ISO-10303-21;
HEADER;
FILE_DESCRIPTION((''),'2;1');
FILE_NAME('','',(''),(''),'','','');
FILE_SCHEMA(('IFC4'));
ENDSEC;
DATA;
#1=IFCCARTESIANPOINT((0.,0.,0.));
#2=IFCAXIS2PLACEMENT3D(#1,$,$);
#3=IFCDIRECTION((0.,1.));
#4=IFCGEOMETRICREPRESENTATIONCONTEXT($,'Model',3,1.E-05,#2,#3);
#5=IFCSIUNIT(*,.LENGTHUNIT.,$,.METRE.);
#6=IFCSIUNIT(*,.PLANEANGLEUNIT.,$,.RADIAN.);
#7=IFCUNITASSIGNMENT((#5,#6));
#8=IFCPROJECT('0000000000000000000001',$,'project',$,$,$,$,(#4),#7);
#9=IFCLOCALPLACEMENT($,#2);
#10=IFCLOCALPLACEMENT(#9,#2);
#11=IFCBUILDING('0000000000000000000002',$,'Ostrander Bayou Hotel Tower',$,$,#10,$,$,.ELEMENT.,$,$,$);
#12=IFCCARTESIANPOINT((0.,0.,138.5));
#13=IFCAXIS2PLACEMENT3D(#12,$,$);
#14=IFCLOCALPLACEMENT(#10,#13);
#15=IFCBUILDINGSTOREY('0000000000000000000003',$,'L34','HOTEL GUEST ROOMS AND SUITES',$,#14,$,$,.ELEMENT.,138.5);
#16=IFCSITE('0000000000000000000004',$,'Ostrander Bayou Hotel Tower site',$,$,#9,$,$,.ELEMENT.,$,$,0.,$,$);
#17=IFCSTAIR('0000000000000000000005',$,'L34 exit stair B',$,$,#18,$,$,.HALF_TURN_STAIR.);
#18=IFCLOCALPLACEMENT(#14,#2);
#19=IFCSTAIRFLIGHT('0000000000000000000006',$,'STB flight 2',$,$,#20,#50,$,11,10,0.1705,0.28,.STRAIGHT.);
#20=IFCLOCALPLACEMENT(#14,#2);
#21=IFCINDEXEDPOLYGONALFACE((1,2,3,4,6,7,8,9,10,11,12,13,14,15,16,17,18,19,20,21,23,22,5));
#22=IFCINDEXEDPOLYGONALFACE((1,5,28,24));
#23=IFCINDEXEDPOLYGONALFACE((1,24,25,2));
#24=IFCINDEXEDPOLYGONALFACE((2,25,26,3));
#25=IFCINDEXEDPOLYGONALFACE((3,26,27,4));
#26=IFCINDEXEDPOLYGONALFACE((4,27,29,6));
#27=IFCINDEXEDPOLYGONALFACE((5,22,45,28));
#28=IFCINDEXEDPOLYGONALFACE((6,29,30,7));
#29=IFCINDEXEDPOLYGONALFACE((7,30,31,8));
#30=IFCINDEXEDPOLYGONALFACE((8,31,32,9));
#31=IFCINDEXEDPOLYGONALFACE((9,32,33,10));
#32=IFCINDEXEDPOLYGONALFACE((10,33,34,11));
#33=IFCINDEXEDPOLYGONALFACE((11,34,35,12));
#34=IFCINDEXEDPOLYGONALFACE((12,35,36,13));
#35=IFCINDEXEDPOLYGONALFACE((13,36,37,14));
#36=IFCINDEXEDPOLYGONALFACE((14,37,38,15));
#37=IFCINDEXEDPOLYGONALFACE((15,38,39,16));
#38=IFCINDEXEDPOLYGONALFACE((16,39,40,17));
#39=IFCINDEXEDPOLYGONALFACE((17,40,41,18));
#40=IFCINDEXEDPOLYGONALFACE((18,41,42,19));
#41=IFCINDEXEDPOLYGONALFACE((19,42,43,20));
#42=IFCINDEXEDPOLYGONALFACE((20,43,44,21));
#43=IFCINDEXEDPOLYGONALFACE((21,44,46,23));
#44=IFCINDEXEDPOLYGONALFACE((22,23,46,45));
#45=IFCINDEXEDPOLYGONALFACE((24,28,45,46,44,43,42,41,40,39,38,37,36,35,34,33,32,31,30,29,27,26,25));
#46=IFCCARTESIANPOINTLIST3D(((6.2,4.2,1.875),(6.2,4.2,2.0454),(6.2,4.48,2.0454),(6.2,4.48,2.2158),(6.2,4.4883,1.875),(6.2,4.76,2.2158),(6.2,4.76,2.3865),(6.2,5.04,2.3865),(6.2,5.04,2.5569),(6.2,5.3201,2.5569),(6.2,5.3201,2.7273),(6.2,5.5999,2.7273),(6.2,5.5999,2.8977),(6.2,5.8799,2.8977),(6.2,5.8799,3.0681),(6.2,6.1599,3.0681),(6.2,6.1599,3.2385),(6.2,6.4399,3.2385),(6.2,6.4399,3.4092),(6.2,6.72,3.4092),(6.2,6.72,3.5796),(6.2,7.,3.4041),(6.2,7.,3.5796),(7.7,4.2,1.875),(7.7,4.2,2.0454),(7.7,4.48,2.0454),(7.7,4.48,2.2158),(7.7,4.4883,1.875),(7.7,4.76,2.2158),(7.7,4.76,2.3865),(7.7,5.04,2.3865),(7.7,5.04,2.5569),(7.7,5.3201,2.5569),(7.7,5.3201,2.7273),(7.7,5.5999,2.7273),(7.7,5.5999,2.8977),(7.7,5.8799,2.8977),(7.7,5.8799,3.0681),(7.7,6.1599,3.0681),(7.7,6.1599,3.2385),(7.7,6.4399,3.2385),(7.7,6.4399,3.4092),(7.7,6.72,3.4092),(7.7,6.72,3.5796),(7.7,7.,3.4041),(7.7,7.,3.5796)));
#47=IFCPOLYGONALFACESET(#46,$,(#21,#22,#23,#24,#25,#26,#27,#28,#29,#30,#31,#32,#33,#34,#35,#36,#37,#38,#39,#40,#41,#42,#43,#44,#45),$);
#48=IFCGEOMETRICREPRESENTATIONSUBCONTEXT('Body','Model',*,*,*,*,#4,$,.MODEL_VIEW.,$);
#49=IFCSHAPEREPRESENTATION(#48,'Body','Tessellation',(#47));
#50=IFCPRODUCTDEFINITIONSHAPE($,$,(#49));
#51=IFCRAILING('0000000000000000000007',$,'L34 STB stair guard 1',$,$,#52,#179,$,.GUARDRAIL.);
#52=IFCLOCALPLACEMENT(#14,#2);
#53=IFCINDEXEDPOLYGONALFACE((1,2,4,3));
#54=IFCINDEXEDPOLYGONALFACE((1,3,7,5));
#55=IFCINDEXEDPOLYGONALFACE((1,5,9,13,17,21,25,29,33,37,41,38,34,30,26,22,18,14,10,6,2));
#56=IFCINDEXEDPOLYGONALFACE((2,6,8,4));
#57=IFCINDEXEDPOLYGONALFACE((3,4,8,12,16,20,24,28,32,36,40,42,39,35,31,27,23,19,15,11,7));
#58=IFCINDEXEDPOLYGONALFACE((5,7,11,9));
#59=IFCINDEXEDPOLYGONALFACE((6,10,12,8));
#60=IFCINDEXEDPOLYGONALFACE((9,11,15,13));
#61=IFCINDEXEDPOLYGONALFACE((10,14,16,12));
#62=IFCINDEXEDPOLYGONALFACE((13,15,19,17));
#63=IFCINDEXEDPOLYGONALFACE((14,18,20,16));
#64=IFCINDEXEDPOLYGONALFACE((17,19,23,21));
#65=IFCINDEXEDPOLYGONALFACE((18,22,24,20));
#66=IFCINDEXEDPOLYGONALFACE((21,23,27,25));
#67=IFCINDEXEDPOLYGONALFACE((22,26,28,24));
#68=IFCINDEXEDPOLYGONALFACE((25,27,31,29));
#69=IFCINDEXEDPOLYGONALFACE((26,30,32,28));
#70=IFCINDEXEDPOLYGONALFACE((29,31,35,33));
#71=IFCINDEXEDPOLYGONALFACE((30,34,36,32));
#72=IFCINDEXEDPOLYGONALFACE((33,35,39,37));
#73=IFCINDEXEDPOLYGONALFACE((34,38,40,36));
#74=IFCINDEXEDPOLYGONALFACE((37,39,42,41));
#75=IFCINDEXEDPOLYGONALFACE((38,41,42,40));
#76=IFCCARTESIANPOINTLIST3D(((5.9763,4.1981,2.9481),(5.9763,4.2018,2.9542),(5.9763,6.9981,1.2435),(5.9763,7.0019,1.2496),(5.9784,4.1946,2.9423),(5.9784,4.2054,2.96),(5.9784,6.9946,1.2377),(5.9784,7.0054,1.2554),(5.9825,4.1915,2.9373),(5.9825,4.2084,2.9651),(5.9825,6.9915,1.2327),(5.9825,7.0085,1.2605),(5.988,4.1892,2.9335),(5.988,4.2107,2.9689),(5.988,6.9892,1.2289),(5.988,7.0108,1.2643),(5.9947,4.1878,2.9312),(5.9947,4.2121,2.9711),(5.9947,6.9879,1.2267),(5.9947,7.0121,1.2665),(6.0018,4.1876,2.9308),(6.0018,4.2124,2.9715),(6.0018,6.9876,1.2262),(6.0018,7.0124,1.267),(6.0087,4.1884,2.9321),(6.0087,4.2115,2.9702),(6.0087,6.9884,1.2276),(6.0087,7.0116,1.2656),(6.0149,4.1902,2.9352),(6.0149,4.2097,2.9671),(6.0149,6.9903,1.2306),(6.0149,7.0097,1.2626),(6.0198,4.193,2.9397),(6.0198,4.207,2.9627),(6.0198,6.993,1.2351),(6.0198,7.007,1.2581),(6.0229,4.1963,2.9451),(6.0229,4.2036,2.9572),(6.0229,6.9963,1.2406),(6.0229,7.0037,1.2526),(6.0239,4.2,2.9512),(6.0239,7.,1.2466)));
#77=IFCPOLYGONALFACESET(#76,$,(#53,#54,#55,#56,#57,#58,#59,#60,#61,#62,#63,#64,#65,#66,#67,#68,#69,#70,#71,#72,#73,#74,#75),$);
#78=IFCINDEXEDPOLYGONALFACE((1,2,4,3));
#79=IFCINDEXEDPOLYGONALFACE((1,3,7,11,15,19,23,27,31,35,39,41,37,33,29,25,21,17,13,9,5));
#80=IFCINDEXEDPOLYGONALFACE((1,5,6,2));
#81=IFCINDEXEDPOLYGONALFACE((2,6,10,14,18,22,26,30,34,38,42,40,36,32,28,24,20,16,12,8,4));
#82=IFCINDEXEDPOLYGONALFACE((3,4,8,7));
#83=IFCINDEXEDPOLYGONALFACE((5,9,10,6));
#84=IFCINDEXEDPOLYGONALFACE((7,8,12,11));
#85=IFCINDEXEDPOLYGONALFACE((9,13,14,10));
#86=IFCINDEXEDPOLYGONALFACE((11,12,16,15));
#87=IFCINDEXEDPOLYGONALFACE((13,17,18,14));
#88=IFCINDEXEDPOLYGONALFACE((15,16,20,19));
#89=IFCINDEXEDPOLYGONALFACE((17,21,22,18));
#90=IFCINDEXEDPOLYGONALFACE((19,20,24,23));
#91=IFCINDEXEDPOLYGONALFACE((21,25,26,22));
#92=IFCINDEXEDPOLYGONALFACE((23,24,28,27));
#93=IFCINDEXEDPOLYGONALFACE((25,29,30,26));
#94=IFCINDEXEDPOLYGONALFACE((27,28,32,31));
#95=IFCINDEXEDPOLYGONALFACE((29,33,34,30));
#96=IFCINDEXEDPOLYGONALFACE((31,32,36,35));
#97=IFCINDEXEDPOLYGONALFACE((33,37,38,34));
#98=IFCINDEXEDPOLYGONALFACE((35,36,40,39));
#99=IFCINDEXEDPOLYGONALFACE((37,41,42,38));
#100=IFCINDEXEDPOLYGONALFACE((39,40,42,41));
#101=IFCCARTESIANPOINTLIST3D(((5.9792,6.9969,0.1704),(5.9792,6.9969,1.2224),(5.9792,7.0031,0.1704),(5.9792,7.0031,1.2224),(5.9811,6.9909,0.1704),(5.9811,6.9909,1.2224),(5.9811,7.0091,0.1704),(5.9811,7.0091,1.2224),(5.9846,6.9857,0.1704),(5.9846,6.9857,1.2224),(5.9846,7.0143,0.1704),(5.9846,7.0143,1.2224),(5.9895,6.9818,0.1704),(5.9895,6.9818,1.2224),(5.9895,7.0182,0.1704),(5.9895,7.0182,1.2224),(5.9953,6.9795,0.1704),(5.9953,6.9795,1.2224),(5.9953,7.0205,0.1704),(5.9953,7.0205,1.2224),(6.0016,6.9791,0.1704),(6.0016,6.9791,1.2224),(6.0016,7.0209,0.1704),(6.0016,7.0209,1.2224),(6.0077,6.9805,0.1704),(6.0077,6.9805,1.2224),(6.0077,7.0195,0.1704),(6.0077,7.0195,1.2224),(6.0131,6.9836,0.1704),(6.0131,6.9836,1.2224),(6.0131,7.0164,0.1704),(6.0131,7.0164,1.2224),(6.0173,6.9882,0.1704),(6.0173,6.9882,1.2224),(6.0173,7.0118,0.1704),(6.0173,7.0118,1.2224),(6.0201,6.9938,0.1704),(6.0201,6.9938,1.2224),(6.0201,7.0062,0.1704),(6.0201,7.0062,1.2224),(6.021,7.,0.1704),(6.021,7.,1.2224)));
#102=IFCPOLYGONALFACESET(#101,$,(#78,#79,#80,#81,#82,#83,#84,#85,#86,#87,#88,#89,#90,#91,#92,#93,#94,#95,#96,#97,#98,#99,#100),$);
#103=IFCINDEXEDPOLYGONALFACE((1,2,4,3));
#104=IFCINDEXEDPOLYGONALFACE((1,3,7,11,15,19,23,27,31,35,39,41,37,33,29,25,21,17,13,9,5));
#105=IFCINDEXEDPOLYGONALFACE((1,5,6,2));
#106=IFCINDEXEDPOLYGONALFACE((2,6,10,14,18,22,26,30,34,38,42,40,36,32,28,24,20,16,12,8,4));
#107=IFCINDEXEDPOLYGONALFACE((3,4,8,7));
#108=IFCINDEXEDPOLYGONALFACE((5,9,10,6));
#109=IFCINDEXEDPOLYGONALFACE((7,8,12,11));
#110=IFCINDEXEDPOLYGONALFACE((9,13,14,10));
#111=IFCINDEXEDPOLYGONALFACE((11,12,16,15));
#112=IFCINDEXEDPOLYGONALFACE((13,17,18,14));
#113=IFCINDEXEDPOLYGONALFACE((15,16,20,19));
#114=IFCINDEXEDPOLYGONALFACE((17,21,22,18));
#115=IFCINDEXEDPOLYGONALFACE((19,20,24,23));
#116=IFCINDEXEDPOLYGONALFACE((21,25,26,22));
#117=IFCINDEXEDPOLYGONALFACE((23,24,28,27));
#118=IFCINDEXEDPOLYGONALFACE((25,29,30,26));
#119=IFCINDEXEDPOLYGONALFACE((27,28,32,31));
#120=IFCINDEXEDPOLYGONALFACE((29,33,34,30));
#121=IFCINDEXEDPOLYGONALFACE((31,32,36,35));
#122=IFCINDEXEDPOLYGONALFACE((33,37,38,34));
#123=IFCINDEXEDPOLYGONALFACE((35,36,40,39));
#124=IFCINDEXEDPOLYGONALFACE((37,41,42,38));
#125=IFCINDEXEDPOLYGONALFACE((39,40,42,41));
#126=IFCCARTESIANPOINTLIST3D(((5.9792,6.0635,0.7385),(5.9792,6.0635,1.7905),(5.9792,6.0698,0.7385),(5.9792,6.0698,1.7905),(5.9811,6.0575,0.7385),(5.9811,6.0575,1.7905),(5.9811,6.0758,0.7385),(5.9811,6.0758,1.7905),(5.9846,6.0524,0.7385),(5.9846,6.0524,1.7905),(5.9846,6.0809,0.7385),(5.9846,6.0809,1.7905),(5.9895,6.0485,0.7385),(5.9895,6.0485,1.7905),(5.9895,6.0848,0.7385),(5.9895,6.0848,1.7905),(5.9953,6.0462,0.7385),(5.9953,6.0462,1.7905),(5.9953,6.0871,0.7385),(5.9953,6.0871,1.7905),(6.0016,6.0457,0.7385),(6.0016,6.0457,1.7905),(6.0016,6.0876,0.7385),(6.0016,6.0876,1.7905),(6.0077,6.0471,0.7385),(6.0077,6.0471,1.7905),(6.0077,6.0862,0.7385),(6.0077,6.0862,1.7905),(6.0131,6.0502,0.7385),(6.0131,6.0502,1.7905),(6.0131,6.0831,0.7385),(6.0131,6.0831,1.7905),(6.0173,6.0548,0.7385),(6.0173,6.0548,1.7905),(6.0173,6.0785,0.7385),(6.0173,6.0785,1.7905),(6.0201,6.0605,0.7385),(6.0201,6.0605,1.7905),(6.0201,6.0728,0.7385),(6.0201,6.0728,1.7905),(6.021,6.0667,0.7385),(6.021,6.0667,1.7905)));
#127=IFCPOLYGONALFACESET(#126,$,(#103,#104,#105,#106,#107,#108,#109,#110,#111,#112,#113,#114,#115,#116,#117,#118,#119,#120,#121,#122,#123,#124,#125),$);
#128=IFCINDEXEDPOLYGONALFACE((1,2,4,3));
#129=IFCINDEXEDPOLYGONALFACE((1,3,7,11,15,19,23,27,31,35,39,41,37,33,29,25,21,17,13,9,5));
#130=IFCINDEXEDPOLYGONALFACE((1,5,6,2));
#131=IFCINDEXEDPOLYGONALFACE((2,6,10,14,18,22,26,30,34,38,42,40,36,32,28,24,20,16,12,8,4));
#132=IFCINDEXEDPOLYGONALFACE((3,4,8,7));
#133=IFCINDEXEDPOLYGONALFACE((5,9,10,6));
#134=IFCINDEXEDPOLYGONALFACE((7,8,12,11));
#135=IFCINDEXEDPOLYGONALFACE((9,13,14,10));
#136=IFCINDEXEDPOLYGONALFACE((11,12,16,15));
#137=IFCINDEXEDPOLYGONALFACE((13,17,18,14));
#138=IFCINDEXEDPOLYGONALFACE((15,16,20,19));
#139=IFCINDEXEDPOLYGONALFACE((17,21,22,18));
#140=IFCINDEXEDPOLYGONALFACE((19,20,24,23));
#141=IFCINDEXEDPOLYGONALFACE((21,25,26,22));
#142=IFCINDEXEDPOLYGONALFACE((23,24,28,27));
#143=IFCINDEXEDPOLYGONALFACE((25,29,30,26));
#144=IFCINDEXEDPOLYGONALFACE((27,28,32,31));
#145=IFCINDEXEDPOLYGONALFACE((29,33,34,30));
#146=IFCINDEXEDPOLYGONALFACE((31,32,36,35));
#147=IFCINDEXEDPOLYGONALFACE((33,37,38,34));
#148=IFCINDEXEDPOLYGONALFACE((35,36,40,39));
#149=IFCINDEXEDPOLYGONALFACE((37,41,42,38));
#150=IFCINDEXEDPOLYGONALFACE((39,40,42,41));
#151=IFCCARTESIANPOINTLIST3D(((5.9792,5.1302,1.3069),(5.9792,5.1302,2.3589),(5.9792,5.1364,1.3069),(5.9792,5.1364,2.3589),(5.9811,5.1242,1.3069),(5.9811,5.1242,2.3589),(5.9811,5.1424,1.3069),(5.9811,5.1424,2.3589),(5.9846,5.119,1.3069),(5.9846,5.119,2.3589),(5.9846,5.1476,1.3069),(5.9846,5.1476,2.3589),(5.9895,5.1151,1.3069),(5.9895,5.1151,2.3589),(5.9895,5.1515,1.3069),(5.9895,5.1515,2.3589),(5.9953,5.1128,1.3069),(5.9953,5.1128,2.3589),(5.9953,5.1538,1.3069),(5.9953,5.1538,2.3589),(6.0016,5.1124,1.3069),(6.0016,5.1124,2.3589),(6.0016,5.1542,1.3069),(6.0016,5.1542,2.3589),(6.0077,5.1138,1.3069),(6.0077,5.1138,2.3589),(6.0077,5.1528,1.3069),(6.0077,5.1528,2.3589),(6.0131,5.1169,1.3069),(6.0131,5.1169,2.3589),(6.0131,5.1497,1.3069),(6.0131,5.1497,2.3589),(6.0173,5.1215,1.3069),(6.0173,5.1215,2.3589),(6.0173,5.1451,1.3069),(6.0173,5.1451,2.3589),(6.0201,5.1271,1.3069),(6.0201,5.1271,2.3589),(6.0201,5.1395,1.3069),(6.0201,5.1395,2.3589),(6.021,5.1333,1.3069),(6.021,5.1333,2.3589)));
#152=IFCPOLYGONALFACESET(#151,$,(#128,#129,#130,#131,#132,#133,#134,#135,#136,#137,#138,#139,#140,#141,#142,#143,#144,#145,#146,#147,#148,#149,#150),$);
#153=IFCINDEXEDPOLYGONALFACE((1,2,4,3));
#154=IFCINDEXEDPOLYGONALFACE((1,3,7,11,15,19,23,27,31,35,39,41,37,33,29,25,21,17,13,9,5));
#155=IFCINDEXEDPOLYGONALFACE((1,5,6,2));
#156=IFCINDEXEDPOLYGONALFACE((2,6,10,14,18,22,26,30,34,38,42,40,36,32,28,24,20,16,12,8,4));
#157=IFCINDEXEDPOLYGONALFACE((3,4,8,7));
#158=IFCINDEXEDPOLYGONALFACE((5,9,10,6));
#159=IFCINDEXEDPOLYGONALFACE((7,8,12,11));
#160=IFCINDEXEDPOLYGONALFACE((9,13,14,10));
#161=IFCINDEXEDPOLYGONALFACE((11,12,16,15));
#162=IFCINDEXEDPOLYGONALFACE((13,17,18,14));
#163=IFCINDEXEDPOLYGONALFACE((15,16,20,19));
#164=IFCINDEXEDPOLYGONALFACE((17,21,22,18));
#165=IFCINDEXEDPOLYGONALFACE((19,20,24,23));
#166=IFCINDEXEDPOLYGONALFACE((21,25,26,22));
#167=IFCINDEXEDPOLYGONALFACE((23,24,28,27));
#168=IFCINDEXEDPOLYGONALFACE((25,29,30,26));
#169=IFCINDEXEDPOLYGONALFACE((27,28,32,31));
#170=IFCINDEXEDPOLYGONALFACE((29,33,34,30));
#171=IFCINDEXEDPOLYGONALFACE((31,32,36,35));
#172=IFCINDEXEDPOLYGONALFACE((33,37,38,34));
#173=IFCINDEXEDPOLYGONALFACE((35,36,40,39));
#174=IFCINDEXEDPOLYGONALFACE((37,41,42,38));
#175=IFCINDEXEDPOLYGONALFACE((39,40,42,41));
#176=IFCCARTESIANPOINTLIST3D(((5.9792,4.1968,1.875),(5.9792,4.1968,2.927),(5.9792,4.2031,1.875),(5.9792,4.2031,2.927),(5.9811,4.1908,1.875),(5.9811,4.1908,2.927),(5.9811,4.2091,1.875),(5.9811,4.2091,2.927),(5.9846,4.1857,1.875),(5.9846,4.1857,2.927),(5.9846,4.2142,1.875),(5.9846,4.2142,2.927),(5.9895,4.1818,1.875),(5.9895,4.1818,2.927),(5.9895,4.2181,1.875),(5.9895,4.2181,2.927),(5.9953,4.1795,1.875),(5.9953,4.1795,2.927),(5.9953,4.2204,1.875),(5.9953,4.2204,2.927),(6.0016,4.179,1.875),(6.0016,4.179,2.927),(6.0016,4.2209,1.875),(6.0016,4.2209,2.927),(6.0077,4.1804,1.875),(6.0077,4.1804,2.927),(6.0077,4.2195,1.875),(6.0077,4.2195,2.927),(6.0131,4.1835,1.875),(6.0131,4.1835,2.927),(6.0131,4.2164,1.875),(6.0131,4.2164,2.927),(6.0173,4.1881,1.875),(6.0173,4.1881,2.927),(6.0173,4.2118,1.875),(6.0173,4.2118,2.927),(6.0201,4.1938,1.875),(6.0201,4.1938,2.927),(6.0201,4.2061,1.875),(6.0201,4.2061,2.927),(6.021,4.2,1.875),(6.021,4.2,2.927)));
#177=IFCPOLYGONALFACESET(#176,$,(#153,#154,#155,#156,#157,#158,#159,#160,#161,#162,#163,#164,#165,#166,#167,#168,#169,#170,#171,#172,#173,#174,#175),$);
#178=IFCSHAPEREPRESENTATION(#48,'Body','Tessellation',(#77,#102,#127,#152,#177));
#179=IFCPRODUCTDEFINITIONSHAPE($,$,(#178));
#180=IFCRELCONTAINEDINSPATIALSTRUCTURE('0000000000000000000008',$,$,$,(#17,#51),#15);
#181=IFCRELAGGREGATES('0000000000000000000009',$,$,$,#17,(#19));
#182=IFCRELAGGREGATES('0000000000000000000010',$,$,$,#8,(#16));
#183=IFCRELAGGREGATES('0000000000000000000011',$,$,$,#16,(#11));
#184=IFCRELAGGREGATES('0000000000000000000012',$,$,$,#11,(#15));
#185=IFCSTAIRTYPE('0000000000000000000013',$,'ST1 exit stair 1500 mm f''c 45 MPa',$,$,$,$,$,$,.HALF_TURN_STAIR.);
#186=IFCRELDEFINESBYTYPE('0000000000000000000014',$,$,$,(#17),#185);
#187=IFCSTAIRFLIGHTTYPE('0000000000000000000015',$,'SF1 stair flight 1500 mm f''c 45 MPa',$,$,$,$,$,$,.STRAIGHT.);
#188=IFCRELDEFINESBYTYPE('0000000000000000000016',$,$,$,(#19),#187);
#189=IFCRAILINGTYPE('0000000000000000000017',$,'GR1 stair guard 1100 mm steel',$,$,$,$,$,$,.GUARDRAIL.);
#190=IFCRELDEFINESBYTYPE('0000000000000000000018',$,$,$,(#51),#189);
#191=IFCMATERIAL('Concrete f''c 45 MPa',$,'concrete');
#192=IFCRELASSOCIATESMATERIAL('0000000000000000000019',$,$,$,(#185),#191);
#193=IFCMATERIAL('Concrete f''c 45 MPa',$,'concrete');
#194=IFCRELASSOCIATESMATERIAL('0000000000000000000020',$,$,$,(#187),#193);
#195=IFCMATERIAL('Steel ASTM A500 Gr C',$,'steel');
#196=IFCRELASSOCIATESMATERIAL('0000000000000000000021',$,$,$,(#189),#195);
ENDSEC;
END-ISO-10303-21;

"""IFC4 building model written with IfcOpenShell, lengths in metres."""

from ifc_helpers import new_model, si_unit, direction, frame, origin, origin_2d, place, context, subcontext, project, spatial, polyline, circle, outline, extrude, material, type_object, element, aggregate, save


model = new_model("IFC4")

# Units and contexts
model_context = context("Model", 3, precision=1e-05, world=origin(), true_north=direction((0.0, 1.0)))
body_context = subcontext(model_context, "Body", "Model", "MODEL_VIEW")
ifc_project = project(units=[si_unit("LENGTHUNIT", "METRE"), si_unit("PLANEANGLEUNIT", "RADIAN")], contexts=[model_context])

# Site, building, storey
site_placement = place(None, origin())
site = spatial("IfcSite", under=ifc_project, at=site_placement, Name="Ostrander Bayou Hotel Tower site", CompositionType="ELEMENT", RefElevation=0.0)
building_placement = place(site_placement, origin())
building = spatial("IfcBuilding", under=site, at=building_placement, Name="Ostrander Bayou Hotel Tower", CompositionType="ELEMENT")
storey_placement = place(building_placement, frame((0.0, 0.0, 138.5)))
storey = spatial("IfcBuildingStorey", under=building, at=storey_placement, Name="L34", Description="HOTEL GUEST ROOMS AND SUITES", CompositionType="ELEMENT", Elevation=138.5)

# Stair, stair flight
ifc_material_1 = material(Name="Concrete f'c 45 MPa", Category="concrete")
stair_type = type_object("IfcStairType", Name="ST1 exit stair 1500 mm f'c 45 MPa", PredefinedType="HALF_TURN_STAIR", material=ifc_material_1)
stair_placement = place(storey_placement, origin())
stair = element("IfcStair", 1, at=stair_placement, inside=storey, type_object=stair_type, Name="L34 exit stair B", PredefinedType="HALF_TURN_STAIR")
ifc_material_2 = material(Name="Concrete f'c 45 MPa", Category="concrete")
stair_flight_type = type_object("IfcStairFlightType", Name="SF1 stair flight 1500 mm f'c 45 MPa", PredefinedType="STRAIGHT", material=ifc_material_2)
stair_flight_1_placement = place(storey_placement, frame((6.95, 4.2, 1.875), z_axis=(0.0, 0.0, 1.0), x_axis=(0.0, 1.0, 0.0)))
stair_flight_1 = element("IfcStairFlight", 2, at=stair_flight_1_placement, type_object=stair_flight_type, Name="STB flight 2", NumberOfRisers=11, NumberOfTreads=10, PredefinedType="STRAIGHT", RiserHeight=0.1705, TreadLength=0.28, context=body_context, shape_type="SweptSolid", body=[
    extrude(outline(polyline([(0.0, 0.0), (0.0, 0.1704), (0.28, 0.1704), (0.28, 0.3408), (0.5601, 0.3408), (0.5601, 0.5115), (0.8401, 0.5115), (0.8401, 0.6819), (1.1201, 0.6819), (1.1201, 0.8523), (1.3999, 0.8523), (1.3999, 1.0227), (1.6799, 1.0227), (1.6799, 1.1931), (1.96, 1.1931), (1.96, 1.3635), (2.24, 1.3635), (2.24, 1.5342), (2.52, 1.5342), (2.52, 1.7046), (2.8, 1.7046), (2.8, 1.875), (2.8, 1.5291), (0.2883, 0.0), (0.0, 0.0)])), frame((0.0, 0.75, 0.0), z_axis=(0.0, -1.0, 0.0), x_axis=(1.0, 0.0, 0.0)), (0.0, 0.0, 1.0), 1.5),
])
aggregate(stair, [stair_flight_1])

# Railing
ifc_material_3 = material(Name="Steel ASTM A500 Gr C", Category="steel")
railing_type_1 = type_object("IfcRailingType", Name="GR1 stair guard 1100 mm steel", PredefinedType="GUARDRAIL", material=ifc_material_3)
railing_1_placement = place(storey_placement, frame((6.0, 7.0, 0.1704)))
element("IfcRailing", 3, at=railing_1_placement, inside=storey, type_object=railing_type_1, Name="L34 STB stair guard 1", PredefinedType="GUARDRAIL", context=body_context, shape_type="SweptSolid", body=[
    extrude(circle(Radius=0.0239, at=origin_2d()), frame((0.0, 0.0, 1.0762), z_axis=(0.0, -0.85417, 0.519994), x_axis=(1.0, 0.0, 0.0)), (0.0, 0.0, 1.0), 3.2781),
    extrude(circle(Radius=0.021, at=origin_2d()), origin(), (0.0, 0.0, 1.0), 1.052),
    extrude(circle(Radius=0.021, at=origin_2d()), frame((0.0, -0.9333, 0.5681)), (0.0, 0.0, 1.0), 1.052),
    extrude(circle(Radius=0.021, at=origin_2d()), frame((0.0, -1.8667, 1.1365)), (0.0, 0.0, 1.0), 1.052),
    extrude(circle(Radius=0.021, at=origin_2d()), frame((0.0, -2.8, 1.7046)), (0.0, 0.0, 1.0), 1.052),
])

save(model, "model.ifc")
